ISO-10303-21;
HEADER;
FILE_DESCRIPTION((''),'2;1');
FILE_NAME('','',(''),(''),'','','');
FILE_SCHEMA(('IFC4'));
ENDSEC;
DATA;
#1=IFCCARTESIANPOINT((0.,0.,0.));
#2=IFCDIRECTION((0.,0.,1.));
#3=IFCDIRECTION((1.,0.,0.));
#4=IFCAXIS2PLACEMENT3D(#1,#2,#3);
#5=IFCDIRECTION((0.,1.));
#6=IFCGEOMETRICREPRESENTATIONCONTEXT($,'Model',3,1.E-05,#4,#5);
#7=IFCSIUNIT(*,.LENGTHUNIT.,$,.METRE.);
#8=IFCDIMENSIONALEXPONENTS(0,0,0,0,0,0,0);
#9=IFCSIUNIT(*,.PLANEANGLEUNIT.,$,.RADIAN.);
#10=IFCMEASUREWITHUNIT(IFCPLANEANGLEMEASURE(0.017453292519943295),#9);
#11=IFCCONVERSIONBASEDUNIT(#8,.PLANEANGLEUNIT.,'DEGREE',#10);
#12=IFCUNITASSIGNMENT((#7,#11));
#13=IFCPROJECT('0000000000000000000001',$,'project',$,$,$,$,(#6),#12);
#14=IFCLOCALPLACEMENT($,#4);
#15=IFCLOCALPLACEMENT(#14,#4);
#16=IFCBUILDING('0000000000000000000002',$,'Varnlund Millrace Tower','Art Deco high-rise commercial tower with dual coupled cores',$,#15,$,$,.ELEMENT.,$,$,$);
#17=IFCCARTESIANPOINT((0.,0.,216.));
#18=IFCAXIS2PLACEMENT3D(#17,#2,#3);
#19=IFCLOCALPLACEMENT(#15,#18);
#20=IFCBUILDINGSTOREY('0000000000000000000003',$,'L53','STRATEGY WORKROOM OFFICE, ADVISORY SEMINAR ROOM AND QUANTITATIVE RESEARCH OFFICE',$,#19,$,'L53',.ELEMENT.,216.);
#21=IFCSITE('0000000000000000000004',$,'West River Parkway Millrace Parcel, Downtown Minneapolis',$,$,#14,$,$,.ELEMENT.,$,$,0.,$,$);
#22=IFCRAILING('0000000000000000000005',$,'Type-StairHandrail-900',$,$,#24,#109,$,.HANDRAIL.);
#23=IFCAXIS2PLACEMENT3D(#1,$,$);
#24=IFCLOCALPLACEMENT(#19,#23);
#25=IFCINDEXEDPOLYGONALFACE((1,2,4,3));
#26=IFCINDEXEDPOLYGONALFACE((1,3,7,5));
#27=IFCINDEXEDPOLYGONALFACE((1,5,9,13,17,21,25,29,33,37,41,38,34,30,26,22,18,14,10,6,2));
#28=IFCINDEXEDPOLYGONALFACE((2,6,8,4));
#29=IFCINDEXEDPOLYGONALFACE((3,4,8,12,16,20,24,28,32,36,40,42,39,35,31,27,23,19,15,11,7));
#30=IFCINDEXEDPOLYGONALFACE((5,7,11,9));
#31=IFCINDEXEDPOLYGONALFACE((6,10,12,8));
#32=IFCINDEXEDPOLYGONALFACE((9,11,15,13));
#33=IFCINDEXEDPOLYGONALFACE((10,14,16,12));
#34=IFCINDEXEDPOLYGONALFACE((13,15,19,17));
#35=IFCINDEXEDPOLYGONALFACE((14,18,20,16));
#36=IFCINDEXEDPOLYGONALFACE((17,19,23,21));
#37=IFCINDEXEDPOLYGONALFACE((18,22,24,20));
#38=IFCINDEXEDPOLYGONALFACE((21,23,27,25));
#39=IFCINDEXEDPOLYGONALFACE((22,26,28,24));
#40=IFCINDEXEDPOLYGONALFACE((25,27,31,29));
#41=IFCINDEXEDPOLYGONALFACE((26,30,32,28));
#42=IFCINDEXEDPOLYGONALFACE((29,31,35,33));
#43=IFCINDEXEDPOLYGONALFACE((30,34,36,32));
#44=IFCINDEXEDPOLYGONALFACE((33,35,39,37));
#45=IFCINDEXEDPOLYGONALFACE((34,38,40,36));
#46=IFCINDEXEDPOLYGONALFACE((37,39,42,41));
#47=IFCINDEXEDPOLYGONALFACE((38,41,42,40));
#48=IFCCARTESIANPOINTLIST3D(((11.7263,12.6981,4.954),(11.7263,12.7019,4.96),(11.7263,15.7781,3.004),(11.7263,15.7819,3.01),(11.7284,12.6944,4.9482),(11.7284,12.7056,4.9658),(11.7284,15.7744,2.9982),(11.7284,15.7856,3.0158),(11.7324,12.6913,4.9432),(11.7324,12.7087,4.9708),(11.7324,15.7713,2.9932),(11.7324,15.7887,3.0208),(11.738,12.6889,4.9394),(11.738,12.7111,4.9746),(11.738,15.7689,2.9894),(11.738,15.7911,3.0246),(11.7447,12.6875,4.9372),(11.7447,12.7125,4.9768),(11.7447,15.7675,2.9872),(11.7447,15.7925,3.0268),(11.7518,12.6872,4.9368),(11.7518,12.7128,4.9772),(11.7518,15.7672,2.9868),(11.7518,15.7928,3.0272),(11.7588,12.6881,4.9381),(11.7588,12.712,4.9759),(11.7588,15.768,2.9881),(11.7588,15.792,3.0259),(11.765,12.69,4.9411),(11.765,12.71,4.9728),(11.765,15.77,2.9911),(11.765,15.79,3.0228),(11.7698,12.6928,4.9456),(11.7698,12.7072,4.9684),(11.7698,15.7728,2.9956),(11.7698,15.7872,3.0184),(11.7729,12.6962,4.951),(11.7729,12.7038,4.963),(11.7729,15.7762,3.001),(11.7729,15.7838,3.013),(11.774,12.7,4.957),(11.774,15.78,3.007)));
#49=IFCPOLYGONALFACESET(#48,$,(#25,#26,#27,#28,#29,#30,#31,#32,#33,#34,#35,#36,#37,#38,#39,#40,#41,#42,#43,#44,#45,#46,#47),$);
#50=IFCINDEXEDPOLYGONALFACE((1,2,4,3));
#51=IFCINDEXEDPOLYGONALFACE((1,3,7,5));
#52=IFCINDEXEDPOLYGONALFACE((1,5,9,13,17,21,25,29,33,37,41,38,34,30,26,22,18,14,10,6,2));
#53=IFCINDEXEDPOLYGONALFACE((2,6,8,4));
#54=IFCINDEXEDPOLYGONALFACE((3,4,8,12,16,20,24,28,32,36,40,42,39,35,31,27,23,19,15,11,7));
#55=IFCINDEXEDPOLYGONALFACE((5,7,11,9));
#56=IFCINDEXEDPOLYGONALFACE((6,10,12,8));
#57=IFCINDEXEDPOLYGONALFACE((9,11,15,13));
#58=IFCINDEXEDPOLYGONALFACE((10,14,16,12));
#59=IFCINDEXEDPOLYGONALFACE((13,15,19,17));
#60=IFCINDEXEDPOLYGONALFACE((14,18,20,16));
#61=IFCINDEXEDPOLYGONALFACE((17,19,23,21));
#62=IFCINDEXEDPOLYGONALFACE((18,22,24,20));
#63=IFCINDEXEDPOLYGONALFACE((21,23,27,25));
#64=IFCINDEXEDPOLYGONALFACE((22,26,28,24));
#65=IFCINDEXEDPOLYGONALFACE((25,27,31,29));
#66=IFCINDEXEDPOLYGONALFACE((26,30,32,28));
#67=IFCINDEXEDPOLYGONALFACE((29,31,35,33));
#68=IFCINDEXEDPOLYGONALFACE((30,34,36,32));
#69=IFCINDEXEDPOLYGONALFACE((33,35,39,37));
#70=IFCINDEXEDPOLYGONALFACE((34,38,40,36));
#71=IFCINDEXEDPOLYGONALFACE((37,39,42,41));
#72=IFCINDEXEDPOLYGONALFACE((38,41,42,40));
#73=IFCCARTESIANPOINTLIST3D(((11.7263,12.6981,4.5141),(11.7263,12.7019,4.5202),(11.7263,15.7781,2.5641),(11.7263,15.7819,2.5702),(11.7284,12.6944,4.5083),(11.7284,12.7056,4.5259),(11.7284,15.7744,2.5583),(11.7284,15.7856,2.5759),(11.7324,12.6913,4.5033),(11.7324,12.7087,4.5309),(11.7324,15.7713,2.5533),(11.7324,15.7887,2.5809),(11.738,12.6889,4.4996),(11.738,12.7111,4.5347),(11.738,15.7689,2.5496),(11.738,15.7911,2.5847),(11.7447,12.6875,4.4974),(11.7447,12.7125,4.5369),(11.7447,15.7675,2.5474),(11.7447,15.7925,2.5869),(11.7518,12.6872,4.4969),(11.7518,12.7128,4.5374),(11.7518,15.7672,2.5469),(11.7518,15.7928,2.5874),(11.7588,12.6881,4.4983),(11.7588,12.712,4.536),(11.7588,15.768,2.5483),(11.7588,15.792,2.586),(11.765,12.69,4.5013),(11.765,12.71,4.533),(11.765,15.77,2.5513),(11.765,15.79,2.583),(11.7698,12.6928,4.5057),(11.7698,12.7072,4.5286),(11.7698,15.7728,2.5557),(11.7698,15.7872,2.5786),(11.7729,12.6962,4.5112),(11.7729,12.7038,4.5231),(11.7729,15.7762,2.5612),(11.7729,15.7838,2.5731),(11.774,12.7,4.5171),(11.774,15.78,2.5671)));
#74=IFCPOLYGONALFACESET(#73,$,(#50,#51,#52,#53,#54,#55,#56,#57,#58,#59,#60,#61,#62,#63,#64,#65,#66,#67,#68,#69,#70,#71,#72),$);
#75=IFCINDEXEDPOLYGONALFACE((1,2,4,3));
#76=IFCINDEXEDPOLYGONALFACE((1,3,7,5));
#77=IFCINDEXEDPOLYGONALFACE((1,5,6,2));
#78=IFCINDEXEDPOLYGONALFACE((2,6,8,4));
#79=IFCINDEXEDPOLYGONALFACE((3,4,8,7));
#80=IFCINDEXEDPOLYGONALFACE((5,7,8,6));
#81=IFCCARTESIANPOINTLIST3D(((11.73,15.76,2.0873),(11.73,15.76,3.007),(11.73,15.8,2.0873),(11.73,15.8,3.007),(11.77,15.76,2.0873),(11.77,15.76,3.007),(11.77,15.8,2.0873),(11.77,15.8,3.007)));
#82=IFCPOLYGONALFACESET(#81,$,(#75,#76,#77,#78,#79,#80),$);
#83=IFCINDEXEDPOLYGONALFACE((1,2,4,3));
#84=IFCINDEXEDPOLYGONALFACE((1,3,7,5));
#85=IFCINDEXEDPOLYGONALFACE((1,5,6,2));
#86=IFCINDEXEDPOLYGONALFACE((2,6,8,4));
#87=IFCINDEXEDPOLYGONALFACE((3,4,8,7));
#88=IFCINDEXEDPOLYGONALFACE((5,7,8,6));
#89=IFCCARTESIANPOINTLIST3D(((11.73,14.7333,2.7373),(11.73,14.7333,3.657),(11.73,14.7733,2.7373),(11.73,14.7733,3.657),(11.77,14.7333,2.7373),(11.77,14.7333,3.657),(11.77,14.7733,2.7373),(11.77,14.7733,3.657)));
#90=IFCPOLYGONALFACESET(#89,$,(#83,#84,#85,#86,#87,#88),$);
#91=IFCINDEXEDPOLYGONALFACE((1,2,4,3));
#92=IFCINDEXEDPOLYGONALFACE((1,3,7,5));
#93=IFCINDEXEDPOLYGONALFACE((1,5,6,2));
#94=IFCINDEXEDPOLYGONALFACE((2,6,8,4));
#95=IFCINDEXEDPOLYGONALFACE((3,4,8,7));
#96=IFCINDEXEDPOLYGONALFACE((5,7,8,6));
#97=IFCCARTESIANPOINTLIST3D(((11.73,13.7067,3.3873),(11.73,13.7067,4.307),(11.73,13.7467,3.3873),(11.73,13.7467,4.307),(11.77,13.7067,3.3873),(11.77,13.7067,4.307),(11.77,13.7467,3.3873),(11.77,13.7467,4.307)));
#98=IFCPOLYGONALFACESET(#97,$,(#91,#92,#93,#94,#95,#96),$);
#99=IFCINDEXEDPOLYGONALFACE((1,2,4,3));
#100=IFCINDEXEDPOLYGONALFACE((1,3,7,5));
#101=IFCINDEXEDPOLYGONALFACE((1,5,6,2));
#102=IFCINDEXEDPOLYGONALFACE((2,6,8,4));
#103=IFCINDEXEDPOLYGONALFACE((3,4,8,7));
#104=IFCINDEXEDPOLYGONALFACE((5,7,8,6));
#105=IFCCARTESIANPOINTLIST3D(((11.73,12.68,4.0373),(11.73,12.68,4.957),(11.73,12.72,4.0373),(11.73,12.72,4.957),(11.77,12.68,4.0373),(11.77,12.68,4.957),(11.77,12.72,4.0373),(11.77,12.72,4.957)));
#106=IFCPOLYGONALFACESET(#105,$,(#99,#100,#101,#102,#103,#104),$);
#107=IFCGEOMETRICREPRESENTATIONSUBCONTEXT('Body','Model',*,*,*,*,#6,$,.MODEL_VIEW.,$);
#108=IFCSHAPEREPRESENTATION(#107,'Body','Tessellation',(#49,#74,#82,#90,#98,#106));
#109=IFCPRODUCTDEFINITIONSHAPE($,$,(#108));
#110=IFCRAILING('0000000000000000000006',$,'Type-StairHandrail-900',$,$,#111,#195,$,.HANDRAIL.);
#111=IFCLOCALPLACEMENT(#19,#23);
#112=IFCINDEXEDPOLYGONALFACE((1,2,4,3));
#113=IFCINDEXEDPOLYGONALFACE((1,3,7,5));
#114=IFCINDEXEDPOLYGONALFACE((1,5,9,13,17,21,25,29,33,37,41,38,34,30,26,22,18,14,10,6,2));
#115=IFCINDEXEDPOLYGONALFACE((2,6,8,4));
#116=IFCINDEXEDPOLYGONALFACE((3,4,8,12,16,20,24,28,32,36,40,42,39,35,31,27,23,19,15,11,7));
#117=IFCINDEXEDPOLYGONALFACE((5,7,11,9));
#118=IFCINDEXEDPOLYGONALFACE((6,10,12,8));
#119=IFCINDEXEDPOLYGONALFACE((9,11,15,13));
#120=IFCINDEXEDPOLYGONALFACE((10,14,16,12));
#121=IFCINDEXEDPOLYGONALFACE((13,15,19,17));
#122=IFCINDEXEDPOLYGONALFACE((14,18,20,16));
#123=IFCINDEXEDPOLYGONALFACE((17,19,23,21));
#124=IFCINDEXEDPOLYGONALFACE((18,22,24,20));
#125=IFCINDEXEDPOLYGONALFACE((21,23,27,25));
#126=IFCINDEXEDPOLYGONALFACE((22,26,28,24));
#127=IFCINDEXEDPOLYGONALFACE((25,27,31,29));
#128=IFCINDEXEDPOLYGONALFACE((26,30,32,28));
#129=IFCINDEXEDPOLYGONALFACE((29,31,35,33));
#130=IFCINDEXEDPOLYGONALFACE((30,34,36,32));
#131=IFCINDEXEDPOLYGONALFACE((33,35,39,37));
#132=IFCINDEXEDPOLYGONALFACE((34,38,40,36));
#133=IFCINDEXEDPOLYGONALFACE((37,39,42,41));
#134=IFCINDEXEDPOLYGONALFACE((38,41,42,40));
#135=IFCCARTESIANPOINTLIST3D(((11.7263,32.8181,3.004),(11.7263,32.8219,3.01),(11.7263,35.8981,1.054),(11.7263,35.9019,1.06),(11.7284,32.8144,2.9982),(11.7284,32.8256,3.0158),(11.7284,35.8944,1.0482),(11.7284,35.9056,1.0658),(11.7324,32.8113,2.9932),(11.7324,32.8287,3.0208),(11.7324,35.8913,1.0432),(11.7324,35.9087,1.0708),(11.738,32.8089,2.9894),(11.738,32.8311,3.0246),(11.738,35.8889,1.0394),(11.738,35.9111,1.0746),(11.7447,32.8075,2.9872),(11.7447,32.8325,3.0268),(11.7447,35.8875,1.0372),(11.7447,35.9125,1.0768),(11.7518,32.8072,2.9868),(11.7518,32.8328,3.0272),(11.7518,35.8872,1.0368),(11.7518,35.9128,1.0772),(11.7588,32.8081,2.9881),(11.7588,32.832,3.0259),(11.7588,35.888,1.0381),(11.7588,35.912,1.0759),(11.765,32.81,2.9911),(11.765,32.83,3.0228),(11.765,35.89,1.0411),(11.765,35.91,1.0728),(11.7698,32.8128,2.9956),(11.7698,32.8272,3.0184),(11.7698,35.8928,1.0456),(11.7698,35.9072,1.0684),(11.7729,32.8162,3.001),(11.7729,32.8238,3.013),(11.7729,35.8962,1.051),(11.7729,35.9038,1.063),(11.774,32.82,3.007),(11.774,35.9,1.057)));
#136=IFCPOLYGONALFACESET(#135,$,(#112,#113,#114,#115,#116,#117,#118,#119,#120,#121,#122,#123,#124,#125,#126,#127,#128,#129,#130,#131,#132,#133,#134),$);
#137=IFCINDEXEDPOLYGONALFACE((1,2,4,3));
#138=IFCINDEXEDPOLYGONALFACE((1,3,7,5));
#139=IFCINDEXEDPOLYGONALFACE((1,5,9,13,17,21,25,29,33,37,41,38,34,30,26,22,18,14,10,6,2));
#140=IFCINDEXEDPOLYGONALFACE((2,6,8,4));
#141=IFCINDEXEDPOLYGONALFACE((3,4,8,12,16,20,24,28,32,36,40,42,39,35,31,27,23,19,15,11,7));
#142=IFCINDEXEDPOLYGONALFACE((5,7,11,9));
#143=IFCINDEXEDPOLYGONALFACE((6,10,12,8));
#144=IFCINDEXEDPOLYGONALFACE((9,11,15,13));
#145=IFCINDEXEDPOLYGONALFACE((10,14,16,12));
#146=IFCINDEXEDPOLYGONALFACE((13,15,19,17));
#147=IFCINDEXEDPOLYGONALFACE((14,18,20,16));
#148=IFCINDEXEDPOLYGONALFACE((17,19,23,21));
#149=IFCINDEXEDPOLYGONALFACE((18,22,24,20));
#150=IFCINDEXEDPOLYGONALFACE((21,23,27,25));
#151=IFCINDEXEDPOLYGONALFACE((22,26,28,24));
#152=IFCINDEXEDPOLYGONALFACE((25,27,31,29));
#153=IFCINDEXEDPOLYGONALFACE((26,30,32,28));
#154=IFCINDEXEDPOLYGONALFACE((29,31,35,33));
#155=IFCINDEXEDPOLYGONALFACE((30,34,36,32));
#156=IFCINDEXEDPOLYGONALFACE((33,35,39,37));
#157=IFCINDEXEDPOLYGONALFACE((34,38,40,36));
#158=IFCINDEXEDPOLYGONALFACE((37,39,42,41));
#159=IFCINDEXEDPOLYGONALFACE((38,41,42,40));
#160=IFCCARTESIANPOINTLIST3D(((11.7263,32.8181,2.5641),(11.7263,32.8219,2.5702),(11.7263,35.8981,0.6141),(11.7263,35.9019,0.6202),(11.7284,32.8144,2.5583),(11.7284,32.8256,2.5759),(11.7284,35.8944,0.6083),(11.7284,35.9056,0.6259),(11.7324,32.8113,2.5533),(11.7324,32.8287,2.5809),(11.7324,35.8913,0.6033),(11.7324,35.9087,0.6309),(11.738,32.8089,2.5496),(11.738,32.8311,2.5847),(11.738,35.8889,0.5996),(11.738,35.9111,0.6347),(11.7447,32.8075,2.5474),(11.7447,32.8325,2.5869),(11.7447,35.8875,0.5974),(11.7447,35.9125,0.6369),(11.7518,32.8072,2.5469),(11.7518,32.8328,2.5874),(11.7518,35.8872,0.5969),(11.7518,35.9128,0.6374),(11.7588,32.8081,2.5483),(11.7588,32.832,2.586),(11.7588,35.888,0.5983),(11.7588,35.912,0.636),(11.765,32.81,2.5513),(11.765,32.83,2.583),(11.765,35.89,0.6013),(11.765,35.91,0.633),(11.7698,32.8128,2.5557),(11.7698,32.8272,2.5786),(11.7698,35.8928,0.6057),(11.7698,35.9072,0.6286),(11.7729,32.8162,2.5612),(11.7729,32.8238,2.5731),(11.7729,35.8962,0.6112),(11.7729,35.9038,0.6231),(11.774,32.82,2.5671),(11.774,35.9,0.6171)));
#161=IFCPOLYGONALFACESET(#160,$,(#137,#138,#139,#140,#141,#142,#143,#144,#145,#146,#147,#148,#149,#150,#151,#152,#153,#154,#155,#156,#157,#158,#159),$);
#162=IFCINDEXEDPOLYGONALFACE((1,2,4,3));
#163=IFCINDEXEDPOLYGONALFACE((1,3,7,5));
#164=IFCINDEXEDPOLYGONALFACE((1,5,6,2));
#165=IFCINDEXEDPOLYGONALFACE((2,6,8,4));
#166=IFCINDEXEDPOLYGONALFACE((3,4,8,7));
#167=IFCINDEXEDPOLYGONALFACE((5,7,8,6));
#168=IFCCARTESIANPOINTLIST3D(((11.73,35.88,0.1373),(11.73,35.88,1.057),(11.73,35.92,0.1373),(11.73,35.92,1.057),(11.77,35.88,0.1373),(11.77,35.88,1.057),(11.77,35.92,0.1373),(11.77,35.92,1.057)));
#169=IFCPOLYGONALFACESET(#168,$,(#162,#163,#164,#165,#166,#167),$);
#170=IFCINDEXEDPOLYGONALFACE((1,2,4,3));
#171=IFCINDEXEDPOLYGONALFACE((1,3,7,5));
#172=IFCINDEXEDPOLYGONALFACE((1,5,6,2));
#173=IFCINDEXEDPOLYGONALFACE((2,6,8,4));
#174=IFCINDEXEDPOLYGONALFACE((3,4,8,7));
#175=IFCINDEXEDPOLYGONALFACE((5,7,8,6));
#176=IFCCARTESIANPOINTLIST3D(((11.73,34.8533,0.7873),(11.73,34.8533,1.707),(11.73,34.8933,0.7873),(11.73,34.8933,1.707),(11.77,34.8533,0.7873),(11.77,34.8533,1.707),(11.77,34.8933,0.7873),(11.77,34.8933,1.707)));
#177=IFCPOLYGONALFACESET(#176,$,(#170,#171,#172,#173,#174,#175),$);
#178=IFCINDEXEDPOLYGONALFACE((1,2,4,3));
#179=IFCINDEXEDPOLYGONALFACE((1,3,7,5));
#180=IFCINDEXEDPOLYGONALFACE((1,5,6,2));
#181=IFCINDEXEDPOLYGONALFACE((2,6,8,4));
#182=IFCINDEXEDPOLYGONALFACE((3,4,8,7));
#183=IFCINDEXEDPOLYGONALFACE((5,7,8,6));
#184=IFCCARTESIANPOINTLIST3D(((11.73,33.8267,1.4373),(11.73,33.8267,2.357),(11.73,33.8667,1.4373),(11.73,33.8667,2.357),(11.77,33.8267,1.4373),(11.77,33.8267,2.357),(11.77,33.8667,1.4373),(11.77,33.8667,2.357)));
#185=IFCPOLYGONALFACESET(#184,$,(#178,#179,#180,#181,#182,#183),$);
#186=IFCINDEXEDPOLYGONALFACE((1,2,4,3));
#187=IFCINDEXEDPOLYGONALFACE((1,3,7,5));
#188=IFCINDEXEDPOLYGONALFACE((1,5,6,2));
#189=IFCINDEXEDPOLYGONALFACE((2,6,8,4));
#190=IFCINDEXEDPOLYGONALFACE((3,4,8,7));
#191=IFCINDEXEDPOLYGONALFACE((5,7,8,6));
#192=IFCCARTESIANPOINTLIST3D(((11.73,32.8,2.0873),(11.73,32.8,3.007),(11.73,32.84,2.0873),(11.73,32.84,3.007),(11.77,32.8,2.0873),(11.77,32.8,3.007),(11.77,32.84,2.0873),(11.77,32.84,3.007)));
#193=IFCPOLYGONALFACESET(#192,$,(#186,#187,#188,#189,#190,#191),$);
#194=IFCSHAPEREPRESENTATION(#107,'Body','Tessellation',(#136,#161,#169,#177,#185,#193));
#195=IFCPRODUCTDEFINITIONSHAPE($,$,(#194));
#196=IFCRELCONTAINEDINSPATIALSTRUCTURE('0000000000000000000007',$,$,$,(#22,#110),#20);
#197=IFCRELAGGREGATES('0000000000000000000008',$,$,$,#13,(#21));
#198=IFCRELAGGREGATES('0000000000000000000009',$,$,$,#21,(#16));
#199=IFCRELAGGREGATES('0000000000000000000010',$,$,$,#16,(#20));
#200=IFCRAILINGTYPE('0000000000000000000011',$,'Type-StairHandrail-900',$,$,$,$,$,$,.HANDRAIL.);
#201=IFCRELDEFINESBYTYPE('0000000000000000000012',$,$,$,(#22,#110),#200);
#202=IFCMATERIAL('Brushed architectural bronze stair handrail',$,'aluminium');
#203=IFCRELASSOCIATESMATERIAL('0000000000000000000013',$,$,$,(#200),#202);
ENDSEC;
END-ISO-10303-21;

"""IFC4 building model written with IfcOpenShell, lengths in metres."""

from ifc_helpers import new_model, entity, si_unit, converted_unit, direction, frame, origin_with_axes, origin_2d_with_axis, place, context, subcontext, project, spatial, rectangle, circle, extrude, material, type_object, element, save


model = new_model("IFC4")

# Units and contexts
model_context = context("Model", 3, precision=1e-05, world=origin_with_axes(), true_north=direction((0.0, 1.0)))
body_context = subcontext(model_context, "Body", "Model", "MODEL_VIEW")
ifc_project = project(units=[si_unit("LENGTHUNIT", "METRE"), converted_unit("PLANEANGLEUNIT", "DEGREE", entity("IfcPlaneAngleMeasure", 0.017453292519943295), si_unit("PLANEANGLEUNIT", "RADIAN"), dimensions=[0, 0, 0, 0, 0, 0, 0])], contexts=[model_context])

# Site, building, storey
site_placement = place(None, origin_with_axes())
site = spatial("IfcSite", under=ifc_project, at=site_placement, Name="West River Parkway Millrace Parcel, Downtown Minneapolis", CompositionType="ELEMENT", RefElevation=0.0)
building_placement = place(site_placement, origin_with_axes())
building = spatial("IfcBuilding", under=site, at=building_placement, Name="Varnlund Millrace Tower", Description="Art Deco high-rise commercial tower with dual coupled cores", CompositionType="ELEMENT")
storey_placement = place(building_placement, frame((0.0, 0.0, 216.0), z_axis=(0.0, 0.0, 1.0), x_axis=(1.0, 0.0, 0.0)))
storey = spatial("IfcBuildingStorey", under=building, at=storey_placement, Name="L53", Description="STRATEGY WORKROOM OFFICE, ADVISORY SEMINAR ROOM AND QUANTITATIVE RESEARCH OFFICE", LongName="L53", CompositionType="ELEMENT", Elevation=216.0)

# Railings
ifc_material_1 = material(Name="Brushed architectural bronze stair handrail", Category="aluminium")
railing_type_1 = type_object("IfcRailingType", Name="Type-StairHandrail-900", PredefinedType="HANDRAIL", material=ifc_material_1)
railing_1_placement = place(storey_placement, frame((0.0, 0.0, -216.0), z_axis=(0.0, 0.0, 1.0), x_axis=(1.0, 0.0, 0.0)))
element("IfcRailing", 1, at=railing_1_placement, inside=storey, type_object=railing_type_1, Name="Type-StairHandrail-900", PredefinedType="HANDRAIL", context=body_context, shape_type="SweptSolid", body=[
    extrude(circle(Radius=0.024, at=origin_2d_with_axis()), frame((11.75, 15.78, 219.007), z_axis=(0.0, -0.844902, 0.534922), x_axis=(1.0, 0.0, 0.0)), (0.0, 0.0, 1.0), 3.6454),
    extrude(circle(Radius=0.024, at=origin_2d_with_axis()), frame((11.75, 15.78, 218.5671), z_axis=(0.0, -0.844902, 0.534922), x_axis=(1.0, 0.0, 0.0)), (0.0, 0.0, 1.0), 3.6454),
    extrude(rectangle(XDim=0.04, YDim=0.04, at=origin_2d_with_axis()), frame((11.75, 15.78, 218.0873), z_axis=(0.0, 0.0, 1.0), x_axis=(1.0, 0.0, 0.0)), (0.0, 0.0, 1.0), 0.9197),
    extrude(rectangle(XDim=0.04, YDim=0.04, at=origin_2d_with_axis()), frame((11.75, 14.7533, 218.7373), z_axis=(0.0, 0.0, 1.0), x_axis=(1.0, 0.0, 0.0)), (0.0, 0.0, 1.0), 0.9197),
    extrude(rectangle(XDim=0.04, YDim=0.04, at=origin_2d_with_axis()), frame((11.75, 13.7267, 219.3873), z_axis=(0.0, 0.0, 1.0), x_axis=(1.0, 0.0, 0.0)), (0.0, 0.0, 1.0), 0.9197),
    extrude(rectangle(XDim=0.04, YDim=0.04, at=origin_2d_with_axis()), frame((11.75, 12.7, 220.0373), z_axis=(0.0, 0.0, 1.0), x_axis=(1.0, 0.0, 0.0)), (0.0, 0.0, 1.0), 0.9197),
])
railing_2_placement = place(storey_placement, frame((0.0, 0.0, -216.0), z_axis=(0.0, 0.0, 1.0), x_axis=(1.0, 0.0, 0.0)))
element("IfcRailing", 2, at=railing_2_placement, inside=storey, type_object=railing_type_1, Name="Type-StairHandrail-900", PredefinedType="HANDRAIL", context=body_context, shape_type="SweptSolid", body=[
    extrude(circle(Radius=0.024, at=origin_2d_with_axis()), frame((11.75, 35.9, 217.057), z_axis=(0.0, -0.844902, 0.534922), x_axis=(1.0, 0.0, 0.0)), (0.0, 0.0, 1.0), 3.6454),
    extrude(circle(Radius=0.024, at=origin_2d_with_axis()), frame((11.75, 35.9, 216.6171), z_axis=(0.0, -0.844902, 0.534922), x_axis=(1.0, 0.0, 0.0)), (0.0, 0.0, 1.0), 3.6454),
    extrude(rectangle(XDim=0.04, YDim=0.04, at=origin_2d_with_axis()), frame((11.75, 35.9, 216.1373), z_axis=(0.0, 0.0, 1.0), x_axis=(1.0, 0.0, 0.0)), (0.0, 0.0, 1.0), 0.9197),
    extrude(rectangle(XDim=0.04, YDim=0.04, at=origin_2d_with_axis()), frame((11.75, 34.8733, 216.7873), z_axis=(0.0, 0.0, 1.0), x_axis=(1.0, 0.0, 0.0)), (0.0, 0.0, 1.0), 0.9197),
    extrude(rectangle(XDim=0.04, YDim=0.04, at=origin_2d_with_axis()), frame((11.75, 33.8467, 217.4373), z_axis=(0.0, 0.0, 1.0), x_axis=(1.0, 0.0, 0.0)), (0.0, 0.0, 1.0), 0.9197),
    extrude(rectangle(XDim=0.04, YDim=0.04, at=origin_2d_with_axis()), frame((11.75, 32.82, 218.0873), z_axis=(0.0, 0.0, 1.0), x_axis=(1.0, 0.0, 0.0)), (0.0, 0.0, 1.0), 0.9197),
])

save(model, "model.ifc")
